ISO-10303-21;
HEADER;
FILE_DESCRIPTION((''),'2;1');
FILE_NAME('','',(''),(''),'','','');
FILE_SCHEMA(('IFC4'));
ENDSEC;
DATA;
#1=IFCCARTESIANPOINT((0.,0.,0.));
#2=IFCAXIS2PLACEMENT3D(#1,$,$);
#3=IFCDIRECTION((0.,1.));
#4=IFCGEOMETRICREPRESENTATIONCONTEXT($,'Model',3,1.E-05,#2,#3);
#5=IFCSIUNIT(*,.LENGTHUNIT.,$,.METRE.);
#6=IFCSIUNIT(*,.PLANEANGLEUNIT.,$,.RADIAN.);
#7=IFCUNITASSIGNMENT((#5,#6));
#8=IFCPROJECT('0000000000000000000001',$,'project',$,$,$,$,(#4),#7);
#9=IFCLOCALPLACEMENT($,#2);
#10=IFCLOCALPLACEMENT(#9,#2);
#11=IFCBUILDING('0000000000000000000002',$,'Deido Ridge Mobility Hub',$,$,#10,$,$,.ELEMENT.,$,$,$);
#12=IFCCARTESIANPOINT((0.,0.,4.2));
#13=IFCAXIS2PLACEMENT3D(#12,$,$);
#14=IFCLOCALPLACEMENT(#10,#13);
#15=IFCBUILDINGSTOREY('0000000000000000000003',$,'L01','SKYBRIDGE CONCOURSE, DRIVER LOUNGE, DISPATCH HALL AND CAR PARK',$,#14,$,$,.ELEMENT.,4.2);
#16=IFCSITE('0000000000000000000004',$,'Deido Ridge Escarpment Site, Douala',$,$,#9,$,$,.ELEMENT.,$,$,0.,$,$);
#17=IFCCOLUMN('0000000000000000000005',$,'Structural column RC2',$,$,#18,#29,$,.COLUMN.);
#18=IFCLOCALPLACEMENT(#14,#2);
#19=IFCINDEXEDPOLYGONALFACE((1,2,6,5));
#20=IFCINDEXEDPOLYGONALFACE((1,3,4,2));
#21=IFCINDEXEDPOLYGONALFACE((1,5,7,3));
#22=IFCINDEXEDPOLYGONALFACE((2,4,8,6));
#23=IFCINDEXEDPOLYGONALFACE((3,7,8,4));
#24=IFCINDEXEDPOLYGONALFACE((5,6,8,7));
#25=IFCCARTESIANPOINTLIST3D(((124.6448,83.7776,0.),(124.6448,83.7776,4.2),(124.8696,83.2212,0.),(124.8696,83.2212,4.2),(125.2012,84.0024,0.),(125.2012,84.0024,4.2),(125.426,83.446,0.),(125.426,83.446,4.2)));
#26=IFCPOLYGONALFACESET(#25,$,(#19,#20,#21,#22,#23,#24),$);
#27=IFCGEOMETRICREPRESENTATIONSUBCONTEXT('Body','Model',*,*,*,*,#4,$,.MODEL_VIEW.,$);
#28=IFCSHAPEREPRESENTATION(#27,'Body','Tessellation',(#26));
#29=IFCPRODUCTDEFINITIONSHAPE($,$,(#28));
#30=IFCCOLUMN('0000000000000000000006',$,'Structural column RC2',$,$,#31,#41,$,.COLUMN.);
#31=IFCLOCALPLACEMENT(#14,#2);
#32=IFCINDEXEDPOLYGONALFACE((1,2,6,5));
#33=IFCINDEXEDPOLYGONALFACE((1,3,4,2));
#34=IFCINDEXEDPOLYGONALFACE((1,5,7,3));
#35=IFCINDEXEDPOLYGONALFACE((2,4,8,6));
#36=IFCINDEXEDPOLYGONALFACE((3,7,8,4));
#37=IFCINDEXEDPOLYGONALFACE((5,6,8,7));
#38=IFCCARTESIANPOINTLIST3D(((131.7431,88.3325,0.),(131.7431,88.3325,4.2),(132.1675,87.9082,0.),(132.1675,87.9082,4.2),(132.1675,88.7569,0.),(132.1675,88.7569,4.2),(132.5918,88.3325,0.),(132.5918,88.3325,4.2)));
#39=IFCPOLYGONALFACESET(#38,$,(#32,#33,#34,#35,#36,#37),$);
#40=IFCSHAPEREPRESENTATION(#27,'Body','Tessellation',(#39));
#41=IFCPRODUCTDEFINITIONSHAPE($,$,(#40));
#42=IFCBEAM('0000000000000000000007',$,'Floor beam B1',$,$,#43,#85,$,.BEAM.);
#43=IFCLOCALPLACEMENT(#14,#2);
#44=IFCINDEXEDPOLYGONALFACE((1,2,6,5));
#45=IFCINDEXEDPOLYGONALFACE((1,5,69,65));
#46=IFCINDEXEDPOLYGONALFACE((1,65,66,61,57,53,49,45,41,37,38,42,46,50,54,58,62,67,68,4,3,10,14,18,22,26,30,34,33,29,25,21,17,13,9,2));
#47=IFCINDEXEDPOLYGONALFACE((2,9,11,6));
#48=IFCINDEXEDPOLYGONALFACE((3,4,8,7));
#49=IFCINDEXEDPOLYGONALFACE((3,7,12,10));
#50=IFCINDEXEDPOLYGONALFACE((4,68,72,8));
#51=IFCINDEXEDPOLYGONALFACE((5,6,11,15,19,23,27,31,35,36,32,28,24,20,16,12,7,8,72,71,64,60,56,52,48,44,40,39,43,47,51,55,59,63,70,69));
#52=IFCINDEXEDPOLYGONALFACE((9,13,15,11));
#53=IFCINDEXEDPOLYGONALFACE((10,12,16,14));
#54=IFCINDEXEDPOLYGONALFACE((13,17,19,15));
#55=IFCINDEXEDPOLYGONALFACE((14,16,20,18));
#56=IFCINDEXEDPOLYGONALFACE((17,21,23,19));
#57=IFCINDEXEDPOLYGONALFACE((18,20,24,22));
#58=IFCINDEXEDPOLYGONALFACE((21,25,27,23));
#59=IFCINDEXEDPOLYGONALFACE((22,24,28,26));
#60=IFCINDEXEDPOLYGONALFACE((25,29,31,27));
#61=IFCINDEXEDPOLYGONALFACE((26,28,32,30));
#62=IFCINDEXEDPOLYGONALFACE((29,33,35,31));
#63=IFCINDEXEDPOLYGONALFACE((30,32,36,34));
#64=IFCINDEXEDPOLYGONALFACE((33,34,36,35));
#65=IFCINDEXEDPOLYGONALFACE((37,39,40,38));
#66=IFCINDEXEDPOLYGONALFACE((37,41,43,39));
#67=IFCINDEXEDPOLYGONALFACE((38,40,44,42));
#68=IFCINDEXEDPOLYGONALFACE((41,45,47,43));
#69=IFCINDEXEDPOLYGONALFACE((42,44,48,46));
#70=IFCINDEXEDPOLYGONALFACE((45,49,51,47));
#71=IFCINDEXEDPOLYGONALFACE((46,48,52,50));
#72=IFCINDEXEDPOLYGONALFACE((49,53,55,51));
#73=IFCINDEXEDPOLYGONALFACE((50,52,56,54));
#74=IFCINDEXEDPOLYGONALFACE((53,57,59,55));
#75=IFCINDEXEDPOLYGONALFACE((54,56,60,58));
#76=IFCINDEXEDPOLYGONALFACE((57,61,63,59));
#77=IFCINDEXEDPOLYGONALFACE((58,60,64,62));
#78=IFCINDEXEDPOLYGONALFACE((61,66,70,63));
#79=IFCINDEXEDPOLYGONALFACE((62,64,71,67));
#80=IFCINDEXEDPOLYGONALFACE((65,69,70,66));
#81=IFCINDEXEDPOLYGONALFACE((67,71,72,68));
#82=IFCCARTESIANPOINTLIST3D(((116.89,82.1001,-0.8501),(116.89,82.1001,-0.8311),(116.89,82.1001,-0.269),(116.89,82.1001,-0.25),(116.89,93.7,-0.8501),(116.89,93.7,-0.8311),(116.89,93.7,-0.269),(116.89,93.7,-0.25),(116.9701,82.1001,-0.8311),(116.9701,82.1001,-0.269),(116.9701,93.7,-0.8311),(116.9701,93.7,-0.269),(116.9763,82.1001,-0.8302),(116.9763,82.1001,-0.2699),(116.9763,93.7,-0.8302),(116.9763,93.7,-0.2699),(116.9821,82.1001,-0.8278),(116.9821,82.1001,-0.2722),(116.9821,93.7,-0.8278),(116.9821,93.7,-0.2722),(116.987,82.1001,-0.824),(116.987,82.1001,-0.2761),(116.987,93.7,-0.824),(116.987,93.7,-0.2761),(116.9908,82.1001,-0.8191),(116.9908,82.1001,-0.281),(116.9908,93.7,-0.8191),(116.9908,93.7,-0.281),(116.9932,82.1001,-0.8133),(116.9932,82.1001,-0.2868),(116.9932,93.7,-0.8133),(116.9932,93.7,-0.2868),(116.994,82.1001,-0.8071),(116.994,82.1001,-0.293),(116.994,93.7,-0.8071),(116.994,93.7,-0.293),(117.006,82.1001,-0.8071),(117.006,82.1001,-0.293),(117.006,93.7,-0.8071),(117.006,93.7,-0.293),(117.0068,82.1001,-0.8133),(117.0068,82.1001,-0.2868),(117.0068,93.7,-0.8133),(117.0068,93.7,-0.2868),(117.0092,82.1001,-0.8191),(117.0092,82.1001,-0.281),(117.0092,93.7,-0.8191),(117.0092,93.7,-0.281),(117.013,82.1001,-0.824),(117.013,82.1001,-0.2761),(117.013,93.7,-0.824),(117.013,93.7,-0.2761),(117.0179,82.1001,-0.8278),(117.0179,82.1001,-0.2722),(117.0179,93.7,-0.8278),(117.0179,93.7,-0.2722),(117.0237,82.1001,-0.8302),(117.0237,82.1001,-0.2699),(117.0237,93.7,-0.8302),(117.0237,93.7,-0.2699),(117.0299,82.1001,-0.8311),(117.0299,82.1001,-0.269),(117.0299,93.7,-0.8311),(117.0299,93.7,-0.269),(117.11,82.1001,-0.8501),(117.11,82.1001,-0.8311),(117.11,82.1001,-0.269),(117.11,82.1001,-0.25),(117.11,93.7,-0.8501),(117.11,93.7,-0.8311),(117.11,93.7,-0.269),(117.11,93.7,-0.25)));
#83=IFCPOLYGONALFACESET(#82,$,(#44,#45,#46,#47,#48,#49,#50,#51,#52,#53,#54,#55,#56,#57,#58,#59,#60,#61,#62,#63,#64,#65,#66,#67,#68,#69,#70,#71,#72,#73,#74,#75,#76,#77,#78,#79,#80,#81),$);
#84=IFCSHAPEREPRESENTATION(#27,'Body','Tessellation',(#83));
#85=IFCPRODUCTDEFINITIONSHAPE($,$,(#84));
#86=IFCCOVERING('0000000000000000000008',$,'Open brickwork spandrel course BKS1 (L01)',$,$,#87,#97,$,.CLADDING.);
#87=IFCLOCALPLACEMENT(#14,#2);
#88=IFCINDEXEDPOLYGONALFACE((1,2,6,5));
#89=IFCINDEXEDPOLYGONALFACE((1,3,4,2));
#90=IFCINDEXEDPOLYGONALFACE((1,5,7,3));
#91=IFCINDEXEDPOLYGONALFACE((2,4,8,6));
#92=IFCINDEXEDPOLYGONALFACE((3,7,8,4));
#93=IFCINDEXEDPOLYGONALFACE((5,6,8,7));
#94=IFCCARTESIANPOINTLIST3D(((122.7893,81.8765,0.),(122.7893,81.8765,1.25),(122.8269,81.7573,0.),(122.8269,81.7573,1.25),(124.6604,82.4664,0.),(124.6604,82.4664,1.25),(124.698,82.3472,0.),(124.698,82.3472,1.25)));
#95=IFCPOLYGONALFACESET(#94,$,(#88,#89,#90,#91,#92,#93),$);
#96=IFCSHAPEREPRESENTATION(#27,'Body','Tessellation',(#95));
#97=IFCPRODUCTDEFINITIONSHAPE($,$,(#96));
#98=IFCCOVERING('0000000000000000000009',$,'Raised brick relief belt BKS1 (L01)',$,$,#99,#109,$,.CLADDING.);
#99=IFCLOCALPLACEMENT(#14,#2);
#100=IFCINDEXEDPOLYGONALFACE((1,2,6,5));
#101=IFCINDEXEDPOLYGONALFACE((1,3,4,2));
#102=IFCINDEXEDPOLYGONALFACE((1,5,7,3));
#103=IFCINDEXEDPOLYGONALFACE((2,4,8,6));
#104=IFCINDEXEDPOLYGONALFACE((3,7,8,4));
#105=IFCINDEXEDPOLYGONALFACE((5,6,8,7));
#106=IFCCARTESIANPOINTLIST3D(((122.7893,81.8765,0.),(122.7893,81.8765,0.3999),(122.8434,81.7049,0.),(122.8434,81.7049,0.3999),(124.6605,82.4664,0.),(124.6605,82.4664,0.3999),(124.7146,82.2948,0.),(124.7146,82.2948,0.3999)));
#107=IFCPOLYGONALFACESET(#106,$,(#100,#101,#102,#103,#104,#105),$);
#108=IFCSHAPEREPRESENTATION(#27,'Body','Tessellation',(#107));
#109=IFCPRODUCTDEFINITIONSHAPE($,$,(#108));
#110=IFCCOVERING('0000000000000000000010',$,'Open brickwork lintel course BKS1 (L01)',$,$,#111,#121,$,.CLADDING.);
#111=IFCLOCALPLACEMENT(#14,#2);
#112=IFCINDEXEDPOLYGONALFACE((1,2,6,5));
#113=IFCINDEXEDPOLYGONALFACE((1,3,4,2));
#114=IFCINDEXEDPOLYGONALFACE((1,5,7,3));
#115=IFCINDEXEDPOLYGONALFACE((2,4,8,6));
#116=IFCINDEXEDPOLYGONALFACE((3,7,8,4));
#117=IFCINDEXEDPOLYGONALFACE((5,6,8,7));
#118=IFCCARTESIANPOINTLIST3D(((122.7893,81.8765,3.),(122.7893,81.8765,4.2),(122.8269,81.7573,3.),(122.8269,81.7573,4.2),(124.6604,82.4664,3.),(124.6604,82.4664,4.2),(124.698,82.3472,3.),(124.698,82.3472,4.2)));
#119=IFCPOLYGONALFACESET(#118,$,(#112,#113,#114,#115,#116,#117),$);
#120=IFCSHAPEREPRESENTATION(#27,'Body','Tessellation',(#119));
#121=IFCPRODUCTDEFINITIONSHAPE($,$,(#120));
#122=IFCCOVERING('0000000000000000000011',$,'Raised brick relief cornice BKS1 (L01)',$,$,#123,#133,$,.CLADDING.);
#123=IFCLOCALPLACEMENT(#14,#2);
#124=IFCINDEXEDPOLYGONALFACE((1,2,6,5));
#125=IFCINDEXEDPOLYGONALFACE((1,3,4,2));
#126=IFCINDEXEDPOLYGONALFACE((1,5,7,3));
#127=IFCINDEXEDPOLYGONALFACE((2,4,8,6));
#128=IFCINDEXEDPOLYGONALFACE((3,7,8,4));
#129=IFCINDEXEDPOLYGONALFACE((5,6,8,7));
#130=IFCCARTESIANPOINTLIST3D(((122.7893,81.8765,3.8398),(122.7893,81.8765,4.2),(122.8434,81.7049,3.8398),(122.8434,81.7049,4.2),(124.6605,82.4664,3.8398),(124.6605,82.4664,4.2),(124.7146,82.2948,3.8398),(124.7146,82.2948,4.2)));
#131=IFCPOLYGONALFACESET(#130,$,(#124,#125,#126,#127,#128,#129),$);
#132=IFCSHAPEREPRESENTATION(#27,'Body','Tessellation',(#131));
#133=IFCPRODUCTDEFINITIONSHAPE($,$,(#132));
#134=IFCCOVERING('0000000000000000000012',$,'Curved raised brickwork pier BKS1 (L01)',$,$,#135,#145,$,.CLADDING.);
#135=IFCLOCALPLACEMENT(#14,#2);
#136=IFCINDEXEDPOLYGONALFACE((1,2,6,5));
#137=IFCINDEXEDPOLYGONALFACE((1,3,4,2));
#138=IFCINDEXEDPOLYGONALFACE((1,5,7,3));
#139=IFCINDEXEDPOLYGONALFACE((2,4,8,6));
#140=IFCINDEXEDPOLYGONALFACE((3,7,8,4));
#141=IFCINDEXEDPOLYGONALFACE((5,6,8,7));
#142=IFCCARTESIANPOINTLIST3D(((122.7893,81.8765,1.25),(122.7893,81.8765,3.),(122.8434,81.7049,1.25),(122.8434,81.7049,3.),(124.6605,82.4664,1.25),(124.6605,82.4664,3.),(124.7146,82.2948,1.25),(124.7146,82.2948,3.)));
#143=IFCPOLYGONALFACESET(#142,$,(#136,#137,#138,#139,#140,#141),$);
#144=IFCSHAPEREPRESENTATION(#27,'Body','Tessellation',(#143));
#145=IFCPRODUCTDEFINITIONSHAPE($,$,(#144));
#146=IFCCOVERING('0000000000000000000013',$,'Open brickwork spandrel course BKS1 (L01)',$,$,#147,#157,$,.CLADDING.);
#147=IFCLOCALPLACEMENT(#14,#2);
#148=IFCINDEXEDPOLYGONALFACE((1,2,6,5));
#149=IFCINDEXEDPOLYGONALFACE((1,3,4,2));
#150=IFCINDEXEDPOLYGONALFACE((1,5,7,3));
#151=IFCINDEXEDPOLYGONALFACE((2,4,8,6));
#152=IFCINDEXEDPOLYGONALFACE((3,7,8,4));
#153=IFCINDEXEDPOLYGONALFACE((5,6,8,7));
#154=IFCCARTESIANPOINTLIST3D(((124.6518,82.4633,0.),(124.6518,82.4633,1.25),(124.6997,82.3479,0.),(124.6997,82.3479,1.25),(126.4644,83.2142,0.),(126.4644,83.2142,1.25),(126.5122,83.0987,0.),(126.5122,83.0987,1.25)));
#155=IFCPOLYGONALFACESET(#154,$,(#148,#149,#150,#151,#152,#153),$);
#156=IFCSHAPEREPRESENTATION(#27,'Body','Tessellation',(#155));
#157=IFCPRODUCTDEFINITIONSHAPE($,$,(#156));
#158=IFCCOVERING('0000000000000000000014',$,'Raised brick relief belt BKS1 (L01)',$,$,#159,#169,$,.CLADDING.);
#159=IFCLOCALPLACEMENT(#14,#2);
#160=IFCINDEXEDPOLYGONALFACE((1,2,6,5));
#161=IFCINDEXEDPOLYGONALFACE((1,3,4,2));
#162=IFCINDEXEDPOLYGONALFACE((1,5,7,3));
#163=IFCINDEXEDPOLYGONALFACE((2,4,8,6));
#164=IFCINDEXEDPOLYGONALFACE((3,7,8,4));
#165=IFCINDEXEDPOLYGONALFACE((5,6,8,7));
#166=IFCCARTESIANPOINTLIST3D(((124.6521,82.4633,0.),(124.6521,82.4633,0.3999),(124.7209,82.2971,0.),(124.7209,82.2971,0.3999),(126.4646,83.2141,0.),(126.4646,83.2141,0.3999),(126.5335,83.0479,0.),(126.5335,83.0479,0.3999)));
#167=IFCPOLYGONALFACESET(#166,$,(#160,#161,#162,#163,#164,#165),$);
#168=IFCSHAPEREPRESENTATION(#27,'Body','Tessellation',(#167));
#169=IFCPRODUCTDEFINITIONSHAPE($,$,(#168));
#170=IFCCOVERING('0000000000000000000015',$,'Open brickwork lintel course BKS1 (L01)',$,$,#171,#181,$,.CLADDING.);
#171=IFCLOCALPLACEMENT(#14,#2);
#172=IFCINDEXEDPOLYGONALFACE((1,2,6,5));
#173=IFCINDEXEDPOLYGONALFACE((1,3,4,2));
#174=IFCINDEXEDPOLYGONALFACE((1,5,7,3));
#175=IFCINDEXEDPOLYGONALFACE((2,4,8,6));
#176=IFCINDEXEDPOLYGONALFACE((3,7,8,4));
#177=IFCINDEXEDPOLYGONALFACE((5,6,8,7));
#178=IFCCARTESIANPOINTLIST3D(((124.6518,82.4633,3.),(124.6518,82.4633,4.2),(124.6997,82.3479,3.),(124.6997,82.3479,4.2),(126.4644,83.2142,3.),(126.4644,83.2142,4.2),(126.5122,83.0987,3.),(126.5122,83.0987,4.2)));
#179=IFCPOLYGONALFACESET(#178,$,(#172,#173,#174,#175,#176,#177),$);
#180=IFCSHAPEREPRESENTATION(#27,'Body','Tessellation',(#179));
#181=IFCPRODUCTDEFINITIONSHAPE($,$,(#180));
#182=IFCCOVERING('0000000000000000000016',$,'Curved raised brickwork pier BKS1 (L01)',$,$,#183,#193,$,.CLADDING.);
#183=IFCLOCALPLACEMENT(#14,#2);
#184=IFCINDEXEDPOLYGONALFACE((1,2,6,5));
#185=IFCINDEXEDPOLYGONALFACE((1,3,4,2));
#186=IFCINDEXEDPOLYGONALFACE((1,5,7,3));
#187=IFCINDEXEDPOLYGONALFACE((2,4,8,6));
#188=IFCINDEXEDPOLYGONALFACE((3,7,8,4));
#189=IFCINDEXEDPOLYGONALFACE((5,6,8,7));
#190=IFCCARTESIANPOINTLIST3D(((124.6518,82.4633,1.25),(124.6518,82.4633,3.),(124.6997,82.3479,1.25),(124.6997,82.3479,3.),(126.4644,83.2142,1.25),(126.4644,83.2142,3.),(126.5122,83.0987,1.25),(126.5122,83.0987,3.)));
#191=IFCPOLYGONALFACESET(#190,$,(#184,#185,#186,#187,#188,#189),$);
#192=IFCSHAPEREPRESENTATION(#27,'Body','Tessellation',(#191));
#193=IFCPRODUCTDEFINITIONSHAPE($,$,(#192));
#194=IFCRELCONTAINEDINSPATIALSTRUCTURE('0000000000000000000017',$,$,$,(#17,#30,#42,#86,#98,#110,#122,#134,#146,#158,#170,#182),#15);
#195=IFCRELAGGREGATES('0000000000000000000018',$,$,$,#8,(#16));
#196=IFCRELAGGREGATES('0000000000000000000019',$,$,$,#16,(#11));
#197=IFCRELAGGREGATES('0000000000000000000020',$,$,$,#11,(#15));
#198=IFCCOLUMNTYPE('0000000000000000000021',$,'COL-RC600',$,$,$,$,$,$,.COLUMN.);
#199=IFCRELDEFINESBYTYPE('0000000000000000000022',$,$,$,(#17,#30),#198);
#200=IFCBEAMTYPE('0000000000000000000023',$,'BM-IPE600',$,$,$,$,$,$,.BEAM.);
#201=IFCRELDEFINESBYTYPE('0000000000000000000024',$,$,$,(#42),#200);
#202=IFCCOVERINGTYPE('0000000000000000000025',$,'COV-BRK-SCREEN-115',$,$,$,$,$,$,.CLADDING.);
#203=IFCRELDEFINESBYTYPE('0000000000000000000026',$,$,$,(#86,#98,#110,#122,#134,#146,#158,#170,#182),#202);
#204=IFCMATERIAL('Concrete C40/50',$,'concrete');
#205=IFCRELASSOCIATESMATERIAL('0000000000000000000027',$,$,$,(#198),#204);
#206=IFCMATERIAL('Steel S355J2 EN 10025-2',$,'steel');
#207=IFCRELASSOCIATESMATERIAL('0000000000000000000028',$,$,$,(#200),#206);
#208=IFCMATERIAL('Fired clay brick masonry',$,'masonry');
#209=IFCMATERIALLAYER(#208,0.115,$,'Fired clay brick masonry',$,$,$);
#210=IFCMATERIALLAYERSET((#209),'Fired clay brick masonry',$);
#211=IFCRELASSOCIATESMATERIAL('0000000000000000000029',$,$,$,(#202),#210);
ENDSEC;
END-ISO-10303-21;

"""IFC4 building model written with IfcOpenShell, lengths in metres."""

from ifc_helpers import new_model, si_unit, direction, frame, origin, origin_2d, place, context, subcontext, project, spatial, rectangle, i_section, extrude, material, layer, layer_set, material_profile, profile_set, type_object, element, save


model = new_model("IFC4")

# Units and contexts
model_context = context("Model", 3, precision=1e-05, world=origin(), true_north=direction((0.0, 1.0)))
body_context = subcontext(model_context, "Body", "Model", "MODEL_VIEW")
ifc_project = project(units=[si_unit("LENGTHUNIT", "METRE"), si_unit("PLANEANGLEUNIT", "RADIAN")], contexts=[model_context])

# Site, building, storey
site_placement = place(None, origin())
site = spatial("IfcSite", under=ifc_project, at=site_placement, Name="Deido Ridge Escarpment Site, Douala", CompositionType="ELEMENT", RefElevation=0.0)
building_placement = place(site_placement, origin())
building = spatial("IfcBuilding", under=site, at=building_placement, Name="Deido Ridge Mobility Hub", CompositionType="ELEMENT")
storey_placement = place(building_placement, frame((0.0, 0.0, 4.2)))
storey = spatial("IfcBuildingStorey", under=building, at=storey_placement, Name="L01", Description="SKYBRIDGE CONCOURSE, DRIVER LOUNGE, DISPATCH HALL AND CAR PARK", CompositionType="ELEMENT", Elevation=4.2)

# Columns
ifc_material_1 = material(Name="Concrete C40/50", Category="concrete")
ifc_material_profile_1 = material_profile(ifc_material_1, rectangle(XDim=0.6001, YDim=0.6001, at=origin_2d()), Name="RC COL 600x600")
ifc_profile_set_1 = profile_set([ifc_material_profile_1], Name="Concrete C40/50")
column_type = type_object("IfcColumnType", Name="COL-RC600", PredefinedType="COLUMN", material=ifc_profile_set_1)
for number, where, z_axis, x_axis, name in (
    (1, (125.0354, 83.6118, 0.0), (0.0, 0.0, 1.0), (0.374607, -0.927184, 0.0), "Structural column RC2"),
    (2, (132.1675, 88.3325, 0.0), (0.0, 0.0, 1.0), (0.707107, -0.707107, 0.0), "Structural column RC2"),
):
    element("IfcColumn", number, at=place(storey_placement, frame(where, z_axis=z_axis, x_axis=x_axis)), inside=storey, type_object=column_type, Name=name, PredefinedType="COLUMN", context=body_context, shape_type="SweptSolid", body=[
        extrude(rectangle(XDim=0.6001, YDim=0.6001, at=origin_2d()), origin(), (0.0, 0.0, 1.0), 4.2),
    ])

# Beam
ifc_material_2 = material(Name="Steel S355J2 EN 10025-2", Category="steel")
ifc_material_profile_2 = material_profile(ifc_material_2, i_section(OverallWidth=0.22, OverallDepth=0.6001, WebThickness=0.012, FlangeThickness=0.019, FilletRadius=0.0239, at=origin_2d()), Name="IPE 600")
ifc_profile_set_2 = profile_set([ifc_material_profile_2], Name="Steel S355J2 EN 10025-2")
beam_type = type_object("IfcBeamType", Name="BM-IPE600", PredefinedType="BEAM", material=ifc_profile_set_2)
beam_placement = place(storey_placement, frame((117.0, 82.1001, -0.55), z_axis=(0.0, 1.0, 0.0), x_axis=(-1.0, 0.0, 0.0)))
element("IfcBeam", 3, at=beam_placement, inside=storey, type_object=beam_type, Name="Floor beam B1", PredefinedType="BEAM", context=body_context, shape_type="SweptSolid", body=[
    extrude(i_section(OverallWidth=0.22, OverallDepth=0.6001, WebThickness=0.012, FlangeThickness=0.019, FilletRadius=0.0239, at=origin_2d()), origin(), (0.0, 0.0, 1.0), 11.5999),
])

# Coverings
ifc_material_3 = material(Name="Fired clay brick masonry", Category="masonry")
ifc_layer = layer(ifc_material_3, 0.115, Name="Fired clay brick masonry")
ifc_layer_set = layer_set([ifc_layer], Name="Fired clay brick masonry")
covering_type = type_object("IfcCoveringType", Name="COV-BRK-SCREEN-115", PredefinedType="CLADDING", material=ifc_layer_set)
covering_1_placement = place(storey_placement, frame((123.7437, 82.1118, 0.0), z_axis=(0.0, 0.0, 1.0), x_axis=(0.953727, 0.300673, 0.0)))
element("IfcCovering", 4, at=covering_1_placement, inside=storey, type_object=covering_type, Name="Open brickwork spandrel course BKS1 (L01)", PredefinedType="CLADDING", context=body_context, shape_type="SweptSolid", body=[
    extrude(rectangle(XDim=1.9619, YDim=0.125, at=origin_2d()), origin(), (0.0, 0.0, 1.0), 1.25),
])
covering_2_placement = place(storey_placement, frame((123.752, 82.0857, 0.0), z_axis=(0.0, 0.0, 1.0), x_axis=(0.953727, 0.300673, 0.0)))
element("IfcCovering", 5, at=covering_2_placement, inside=storey, type_object=covering_type, Name="Raised brick relief belt BKS1 (L01)", PredefinedType="CLADDING", context=body_context, shape_type="SweptSolid", body=[
    extrude(rectangle(XDim=1.9619, YDim=0.1799, at=origin_2d()), origin(), (0.0, 0.0, 1.0), 0.3999),
])
covering_3_placement = place(storey_placement, frame((123.7437, 82.1118, 3.0), z_axis=(0.0, 0.0, 1.0), x_axis=(0.953727, 0.300673, 0.0)))
element("IfcCovering", 6, at=covering_3_placement, inside=storey, type_object=covering_type, Name="Open brickwork lintel course BKS1 (L01)", PredefinedType="CLADDING", context=body_context, shape_type="SweptSolid", body=[
    extrude(rectangle(XDim=1.9619, YDim=0.125, at=origin_2d()), origin(), (0.0, 0.0, 1.0), 1.2),
])
covering_4_placement = place(storey_placement, frame((123.752, 82.0857, 3.8398), z_axis=(0.0, 0.0, 1.0), x_axis=(0.953727, 0.300673, 0.0)))
element("IfcCovering", 7, at=covering_4_placement, inside=storey, type_object=covering_type, Name="Raised brick relief cornice BKS1 (L01)", PredefinedType="CLADDING", context=body_context, shape_type="SweptSolid", body=[
    extrude(rectangle(XDim=1.9619, YDim=0.1799, at=origin_2d()), origin(), (0.0, 0.0, 1.0), 0.3601),
])
covering_5_placement = place(storey_placement, frame((123.752, 82.0857, 1.25), z_axis=(0.0, 0.0, 1.0), x_axis=(0.953727, 0.300673, 0.0)))
element("IfcCovering", 8, at=covering_5_placement, inside=storey, type_object=covering_type, Name="Curved raised brickwork pier BKS1 (L01)", PredefinedType="CLADDING", context=body_context, shape_type="SweptSolid", body=[
    extrude(rectangle(XDim=1.9619, YDim=0.1799, at=origin_2d()), origin(), (0.0, 0.0, 1.0), 1.75),
])
covering_6_placement = place(storey_placement, frame((125.582, 82.781, 0.0), z_axis=(0.0, 0.0, 1.0), x_axis=(0.923873, 0.3827, 0.0)))
element("IfcCovering", 9, at=covering_6_placement, inside=storey, type_object=covering_type, Name="Open brickwork spandrel course BKS1 (L01)", PredefinedType="CLADDING", context=body_context, shape_type="SweptSolid", body=[
    extrude(rectangle(XDim=1.9619, YDim=0.125, at=origin_2d()), origin(), (0.0, 0.0, 1.0), 1.25),
])
covering_7_placement = place(storey_placement, frame((125.5928, 82.7556, 0.0), z_axis=(0.0, 0.0, 1.0), x_axis=(0.923873, 0.3827, 0.0)))
element("IfcCovering", 10, at=covering_7_placement, inside=storey, type_object=covering_type, Name="Raised brick relief belt BKS1 (L01)", PredefinedType="CLADDING", context=body_context, shape_type="SweptSolid", body=[
    extrude(rectangle(XDim=1.9619, YDim=0.1799, at=origin_2d()), origin(), (0.0, 0.0, 1.0), 0.3999),
])
covering_8_placement = place(storey_placement, frame((125.582, 82.781, 3.0), z_axis=(0.0, 0.0, 1.0), x_axis=(0.923873, 0.3827, 0.0)))
element("IfcCovering", 11, at=covering_8_placement, inside=storey, type_object=covering_type, Name="Open brickwork lintel course BKS1 (L01)", PredefinedType="CLADDING", context=body_context, shape_type="SweptSolid", body=[
    extrude(rectangle(XDim=1.9619, YDim=0.125, at=origin_2d()), origin(), (0.0, 0.0, 1.0), 1.2),
])
covering_9_placement = place(storey_placement, frame((125.582, 82.781, 1.25), z_axis=(0.0, 0.0, 1.0), x_axis=(0.923873, 0.3827, 0.0)))
element("IfcCovering", 12, at=covering_9_placement, inside=storey, type_object=covering_type, Name="Curved raised brickwork pier BKS1 (L01)", PredefinedType="CLADDING", context=body_context, shape_type="SweptSolid", body=[
    extrude(rectangle(XDim=1.9619, YDim=0.125, at=origin_2d()), origin(), (0.0, 0.0, 1.0), 1.75),
])

save(model, "model.ifc")
